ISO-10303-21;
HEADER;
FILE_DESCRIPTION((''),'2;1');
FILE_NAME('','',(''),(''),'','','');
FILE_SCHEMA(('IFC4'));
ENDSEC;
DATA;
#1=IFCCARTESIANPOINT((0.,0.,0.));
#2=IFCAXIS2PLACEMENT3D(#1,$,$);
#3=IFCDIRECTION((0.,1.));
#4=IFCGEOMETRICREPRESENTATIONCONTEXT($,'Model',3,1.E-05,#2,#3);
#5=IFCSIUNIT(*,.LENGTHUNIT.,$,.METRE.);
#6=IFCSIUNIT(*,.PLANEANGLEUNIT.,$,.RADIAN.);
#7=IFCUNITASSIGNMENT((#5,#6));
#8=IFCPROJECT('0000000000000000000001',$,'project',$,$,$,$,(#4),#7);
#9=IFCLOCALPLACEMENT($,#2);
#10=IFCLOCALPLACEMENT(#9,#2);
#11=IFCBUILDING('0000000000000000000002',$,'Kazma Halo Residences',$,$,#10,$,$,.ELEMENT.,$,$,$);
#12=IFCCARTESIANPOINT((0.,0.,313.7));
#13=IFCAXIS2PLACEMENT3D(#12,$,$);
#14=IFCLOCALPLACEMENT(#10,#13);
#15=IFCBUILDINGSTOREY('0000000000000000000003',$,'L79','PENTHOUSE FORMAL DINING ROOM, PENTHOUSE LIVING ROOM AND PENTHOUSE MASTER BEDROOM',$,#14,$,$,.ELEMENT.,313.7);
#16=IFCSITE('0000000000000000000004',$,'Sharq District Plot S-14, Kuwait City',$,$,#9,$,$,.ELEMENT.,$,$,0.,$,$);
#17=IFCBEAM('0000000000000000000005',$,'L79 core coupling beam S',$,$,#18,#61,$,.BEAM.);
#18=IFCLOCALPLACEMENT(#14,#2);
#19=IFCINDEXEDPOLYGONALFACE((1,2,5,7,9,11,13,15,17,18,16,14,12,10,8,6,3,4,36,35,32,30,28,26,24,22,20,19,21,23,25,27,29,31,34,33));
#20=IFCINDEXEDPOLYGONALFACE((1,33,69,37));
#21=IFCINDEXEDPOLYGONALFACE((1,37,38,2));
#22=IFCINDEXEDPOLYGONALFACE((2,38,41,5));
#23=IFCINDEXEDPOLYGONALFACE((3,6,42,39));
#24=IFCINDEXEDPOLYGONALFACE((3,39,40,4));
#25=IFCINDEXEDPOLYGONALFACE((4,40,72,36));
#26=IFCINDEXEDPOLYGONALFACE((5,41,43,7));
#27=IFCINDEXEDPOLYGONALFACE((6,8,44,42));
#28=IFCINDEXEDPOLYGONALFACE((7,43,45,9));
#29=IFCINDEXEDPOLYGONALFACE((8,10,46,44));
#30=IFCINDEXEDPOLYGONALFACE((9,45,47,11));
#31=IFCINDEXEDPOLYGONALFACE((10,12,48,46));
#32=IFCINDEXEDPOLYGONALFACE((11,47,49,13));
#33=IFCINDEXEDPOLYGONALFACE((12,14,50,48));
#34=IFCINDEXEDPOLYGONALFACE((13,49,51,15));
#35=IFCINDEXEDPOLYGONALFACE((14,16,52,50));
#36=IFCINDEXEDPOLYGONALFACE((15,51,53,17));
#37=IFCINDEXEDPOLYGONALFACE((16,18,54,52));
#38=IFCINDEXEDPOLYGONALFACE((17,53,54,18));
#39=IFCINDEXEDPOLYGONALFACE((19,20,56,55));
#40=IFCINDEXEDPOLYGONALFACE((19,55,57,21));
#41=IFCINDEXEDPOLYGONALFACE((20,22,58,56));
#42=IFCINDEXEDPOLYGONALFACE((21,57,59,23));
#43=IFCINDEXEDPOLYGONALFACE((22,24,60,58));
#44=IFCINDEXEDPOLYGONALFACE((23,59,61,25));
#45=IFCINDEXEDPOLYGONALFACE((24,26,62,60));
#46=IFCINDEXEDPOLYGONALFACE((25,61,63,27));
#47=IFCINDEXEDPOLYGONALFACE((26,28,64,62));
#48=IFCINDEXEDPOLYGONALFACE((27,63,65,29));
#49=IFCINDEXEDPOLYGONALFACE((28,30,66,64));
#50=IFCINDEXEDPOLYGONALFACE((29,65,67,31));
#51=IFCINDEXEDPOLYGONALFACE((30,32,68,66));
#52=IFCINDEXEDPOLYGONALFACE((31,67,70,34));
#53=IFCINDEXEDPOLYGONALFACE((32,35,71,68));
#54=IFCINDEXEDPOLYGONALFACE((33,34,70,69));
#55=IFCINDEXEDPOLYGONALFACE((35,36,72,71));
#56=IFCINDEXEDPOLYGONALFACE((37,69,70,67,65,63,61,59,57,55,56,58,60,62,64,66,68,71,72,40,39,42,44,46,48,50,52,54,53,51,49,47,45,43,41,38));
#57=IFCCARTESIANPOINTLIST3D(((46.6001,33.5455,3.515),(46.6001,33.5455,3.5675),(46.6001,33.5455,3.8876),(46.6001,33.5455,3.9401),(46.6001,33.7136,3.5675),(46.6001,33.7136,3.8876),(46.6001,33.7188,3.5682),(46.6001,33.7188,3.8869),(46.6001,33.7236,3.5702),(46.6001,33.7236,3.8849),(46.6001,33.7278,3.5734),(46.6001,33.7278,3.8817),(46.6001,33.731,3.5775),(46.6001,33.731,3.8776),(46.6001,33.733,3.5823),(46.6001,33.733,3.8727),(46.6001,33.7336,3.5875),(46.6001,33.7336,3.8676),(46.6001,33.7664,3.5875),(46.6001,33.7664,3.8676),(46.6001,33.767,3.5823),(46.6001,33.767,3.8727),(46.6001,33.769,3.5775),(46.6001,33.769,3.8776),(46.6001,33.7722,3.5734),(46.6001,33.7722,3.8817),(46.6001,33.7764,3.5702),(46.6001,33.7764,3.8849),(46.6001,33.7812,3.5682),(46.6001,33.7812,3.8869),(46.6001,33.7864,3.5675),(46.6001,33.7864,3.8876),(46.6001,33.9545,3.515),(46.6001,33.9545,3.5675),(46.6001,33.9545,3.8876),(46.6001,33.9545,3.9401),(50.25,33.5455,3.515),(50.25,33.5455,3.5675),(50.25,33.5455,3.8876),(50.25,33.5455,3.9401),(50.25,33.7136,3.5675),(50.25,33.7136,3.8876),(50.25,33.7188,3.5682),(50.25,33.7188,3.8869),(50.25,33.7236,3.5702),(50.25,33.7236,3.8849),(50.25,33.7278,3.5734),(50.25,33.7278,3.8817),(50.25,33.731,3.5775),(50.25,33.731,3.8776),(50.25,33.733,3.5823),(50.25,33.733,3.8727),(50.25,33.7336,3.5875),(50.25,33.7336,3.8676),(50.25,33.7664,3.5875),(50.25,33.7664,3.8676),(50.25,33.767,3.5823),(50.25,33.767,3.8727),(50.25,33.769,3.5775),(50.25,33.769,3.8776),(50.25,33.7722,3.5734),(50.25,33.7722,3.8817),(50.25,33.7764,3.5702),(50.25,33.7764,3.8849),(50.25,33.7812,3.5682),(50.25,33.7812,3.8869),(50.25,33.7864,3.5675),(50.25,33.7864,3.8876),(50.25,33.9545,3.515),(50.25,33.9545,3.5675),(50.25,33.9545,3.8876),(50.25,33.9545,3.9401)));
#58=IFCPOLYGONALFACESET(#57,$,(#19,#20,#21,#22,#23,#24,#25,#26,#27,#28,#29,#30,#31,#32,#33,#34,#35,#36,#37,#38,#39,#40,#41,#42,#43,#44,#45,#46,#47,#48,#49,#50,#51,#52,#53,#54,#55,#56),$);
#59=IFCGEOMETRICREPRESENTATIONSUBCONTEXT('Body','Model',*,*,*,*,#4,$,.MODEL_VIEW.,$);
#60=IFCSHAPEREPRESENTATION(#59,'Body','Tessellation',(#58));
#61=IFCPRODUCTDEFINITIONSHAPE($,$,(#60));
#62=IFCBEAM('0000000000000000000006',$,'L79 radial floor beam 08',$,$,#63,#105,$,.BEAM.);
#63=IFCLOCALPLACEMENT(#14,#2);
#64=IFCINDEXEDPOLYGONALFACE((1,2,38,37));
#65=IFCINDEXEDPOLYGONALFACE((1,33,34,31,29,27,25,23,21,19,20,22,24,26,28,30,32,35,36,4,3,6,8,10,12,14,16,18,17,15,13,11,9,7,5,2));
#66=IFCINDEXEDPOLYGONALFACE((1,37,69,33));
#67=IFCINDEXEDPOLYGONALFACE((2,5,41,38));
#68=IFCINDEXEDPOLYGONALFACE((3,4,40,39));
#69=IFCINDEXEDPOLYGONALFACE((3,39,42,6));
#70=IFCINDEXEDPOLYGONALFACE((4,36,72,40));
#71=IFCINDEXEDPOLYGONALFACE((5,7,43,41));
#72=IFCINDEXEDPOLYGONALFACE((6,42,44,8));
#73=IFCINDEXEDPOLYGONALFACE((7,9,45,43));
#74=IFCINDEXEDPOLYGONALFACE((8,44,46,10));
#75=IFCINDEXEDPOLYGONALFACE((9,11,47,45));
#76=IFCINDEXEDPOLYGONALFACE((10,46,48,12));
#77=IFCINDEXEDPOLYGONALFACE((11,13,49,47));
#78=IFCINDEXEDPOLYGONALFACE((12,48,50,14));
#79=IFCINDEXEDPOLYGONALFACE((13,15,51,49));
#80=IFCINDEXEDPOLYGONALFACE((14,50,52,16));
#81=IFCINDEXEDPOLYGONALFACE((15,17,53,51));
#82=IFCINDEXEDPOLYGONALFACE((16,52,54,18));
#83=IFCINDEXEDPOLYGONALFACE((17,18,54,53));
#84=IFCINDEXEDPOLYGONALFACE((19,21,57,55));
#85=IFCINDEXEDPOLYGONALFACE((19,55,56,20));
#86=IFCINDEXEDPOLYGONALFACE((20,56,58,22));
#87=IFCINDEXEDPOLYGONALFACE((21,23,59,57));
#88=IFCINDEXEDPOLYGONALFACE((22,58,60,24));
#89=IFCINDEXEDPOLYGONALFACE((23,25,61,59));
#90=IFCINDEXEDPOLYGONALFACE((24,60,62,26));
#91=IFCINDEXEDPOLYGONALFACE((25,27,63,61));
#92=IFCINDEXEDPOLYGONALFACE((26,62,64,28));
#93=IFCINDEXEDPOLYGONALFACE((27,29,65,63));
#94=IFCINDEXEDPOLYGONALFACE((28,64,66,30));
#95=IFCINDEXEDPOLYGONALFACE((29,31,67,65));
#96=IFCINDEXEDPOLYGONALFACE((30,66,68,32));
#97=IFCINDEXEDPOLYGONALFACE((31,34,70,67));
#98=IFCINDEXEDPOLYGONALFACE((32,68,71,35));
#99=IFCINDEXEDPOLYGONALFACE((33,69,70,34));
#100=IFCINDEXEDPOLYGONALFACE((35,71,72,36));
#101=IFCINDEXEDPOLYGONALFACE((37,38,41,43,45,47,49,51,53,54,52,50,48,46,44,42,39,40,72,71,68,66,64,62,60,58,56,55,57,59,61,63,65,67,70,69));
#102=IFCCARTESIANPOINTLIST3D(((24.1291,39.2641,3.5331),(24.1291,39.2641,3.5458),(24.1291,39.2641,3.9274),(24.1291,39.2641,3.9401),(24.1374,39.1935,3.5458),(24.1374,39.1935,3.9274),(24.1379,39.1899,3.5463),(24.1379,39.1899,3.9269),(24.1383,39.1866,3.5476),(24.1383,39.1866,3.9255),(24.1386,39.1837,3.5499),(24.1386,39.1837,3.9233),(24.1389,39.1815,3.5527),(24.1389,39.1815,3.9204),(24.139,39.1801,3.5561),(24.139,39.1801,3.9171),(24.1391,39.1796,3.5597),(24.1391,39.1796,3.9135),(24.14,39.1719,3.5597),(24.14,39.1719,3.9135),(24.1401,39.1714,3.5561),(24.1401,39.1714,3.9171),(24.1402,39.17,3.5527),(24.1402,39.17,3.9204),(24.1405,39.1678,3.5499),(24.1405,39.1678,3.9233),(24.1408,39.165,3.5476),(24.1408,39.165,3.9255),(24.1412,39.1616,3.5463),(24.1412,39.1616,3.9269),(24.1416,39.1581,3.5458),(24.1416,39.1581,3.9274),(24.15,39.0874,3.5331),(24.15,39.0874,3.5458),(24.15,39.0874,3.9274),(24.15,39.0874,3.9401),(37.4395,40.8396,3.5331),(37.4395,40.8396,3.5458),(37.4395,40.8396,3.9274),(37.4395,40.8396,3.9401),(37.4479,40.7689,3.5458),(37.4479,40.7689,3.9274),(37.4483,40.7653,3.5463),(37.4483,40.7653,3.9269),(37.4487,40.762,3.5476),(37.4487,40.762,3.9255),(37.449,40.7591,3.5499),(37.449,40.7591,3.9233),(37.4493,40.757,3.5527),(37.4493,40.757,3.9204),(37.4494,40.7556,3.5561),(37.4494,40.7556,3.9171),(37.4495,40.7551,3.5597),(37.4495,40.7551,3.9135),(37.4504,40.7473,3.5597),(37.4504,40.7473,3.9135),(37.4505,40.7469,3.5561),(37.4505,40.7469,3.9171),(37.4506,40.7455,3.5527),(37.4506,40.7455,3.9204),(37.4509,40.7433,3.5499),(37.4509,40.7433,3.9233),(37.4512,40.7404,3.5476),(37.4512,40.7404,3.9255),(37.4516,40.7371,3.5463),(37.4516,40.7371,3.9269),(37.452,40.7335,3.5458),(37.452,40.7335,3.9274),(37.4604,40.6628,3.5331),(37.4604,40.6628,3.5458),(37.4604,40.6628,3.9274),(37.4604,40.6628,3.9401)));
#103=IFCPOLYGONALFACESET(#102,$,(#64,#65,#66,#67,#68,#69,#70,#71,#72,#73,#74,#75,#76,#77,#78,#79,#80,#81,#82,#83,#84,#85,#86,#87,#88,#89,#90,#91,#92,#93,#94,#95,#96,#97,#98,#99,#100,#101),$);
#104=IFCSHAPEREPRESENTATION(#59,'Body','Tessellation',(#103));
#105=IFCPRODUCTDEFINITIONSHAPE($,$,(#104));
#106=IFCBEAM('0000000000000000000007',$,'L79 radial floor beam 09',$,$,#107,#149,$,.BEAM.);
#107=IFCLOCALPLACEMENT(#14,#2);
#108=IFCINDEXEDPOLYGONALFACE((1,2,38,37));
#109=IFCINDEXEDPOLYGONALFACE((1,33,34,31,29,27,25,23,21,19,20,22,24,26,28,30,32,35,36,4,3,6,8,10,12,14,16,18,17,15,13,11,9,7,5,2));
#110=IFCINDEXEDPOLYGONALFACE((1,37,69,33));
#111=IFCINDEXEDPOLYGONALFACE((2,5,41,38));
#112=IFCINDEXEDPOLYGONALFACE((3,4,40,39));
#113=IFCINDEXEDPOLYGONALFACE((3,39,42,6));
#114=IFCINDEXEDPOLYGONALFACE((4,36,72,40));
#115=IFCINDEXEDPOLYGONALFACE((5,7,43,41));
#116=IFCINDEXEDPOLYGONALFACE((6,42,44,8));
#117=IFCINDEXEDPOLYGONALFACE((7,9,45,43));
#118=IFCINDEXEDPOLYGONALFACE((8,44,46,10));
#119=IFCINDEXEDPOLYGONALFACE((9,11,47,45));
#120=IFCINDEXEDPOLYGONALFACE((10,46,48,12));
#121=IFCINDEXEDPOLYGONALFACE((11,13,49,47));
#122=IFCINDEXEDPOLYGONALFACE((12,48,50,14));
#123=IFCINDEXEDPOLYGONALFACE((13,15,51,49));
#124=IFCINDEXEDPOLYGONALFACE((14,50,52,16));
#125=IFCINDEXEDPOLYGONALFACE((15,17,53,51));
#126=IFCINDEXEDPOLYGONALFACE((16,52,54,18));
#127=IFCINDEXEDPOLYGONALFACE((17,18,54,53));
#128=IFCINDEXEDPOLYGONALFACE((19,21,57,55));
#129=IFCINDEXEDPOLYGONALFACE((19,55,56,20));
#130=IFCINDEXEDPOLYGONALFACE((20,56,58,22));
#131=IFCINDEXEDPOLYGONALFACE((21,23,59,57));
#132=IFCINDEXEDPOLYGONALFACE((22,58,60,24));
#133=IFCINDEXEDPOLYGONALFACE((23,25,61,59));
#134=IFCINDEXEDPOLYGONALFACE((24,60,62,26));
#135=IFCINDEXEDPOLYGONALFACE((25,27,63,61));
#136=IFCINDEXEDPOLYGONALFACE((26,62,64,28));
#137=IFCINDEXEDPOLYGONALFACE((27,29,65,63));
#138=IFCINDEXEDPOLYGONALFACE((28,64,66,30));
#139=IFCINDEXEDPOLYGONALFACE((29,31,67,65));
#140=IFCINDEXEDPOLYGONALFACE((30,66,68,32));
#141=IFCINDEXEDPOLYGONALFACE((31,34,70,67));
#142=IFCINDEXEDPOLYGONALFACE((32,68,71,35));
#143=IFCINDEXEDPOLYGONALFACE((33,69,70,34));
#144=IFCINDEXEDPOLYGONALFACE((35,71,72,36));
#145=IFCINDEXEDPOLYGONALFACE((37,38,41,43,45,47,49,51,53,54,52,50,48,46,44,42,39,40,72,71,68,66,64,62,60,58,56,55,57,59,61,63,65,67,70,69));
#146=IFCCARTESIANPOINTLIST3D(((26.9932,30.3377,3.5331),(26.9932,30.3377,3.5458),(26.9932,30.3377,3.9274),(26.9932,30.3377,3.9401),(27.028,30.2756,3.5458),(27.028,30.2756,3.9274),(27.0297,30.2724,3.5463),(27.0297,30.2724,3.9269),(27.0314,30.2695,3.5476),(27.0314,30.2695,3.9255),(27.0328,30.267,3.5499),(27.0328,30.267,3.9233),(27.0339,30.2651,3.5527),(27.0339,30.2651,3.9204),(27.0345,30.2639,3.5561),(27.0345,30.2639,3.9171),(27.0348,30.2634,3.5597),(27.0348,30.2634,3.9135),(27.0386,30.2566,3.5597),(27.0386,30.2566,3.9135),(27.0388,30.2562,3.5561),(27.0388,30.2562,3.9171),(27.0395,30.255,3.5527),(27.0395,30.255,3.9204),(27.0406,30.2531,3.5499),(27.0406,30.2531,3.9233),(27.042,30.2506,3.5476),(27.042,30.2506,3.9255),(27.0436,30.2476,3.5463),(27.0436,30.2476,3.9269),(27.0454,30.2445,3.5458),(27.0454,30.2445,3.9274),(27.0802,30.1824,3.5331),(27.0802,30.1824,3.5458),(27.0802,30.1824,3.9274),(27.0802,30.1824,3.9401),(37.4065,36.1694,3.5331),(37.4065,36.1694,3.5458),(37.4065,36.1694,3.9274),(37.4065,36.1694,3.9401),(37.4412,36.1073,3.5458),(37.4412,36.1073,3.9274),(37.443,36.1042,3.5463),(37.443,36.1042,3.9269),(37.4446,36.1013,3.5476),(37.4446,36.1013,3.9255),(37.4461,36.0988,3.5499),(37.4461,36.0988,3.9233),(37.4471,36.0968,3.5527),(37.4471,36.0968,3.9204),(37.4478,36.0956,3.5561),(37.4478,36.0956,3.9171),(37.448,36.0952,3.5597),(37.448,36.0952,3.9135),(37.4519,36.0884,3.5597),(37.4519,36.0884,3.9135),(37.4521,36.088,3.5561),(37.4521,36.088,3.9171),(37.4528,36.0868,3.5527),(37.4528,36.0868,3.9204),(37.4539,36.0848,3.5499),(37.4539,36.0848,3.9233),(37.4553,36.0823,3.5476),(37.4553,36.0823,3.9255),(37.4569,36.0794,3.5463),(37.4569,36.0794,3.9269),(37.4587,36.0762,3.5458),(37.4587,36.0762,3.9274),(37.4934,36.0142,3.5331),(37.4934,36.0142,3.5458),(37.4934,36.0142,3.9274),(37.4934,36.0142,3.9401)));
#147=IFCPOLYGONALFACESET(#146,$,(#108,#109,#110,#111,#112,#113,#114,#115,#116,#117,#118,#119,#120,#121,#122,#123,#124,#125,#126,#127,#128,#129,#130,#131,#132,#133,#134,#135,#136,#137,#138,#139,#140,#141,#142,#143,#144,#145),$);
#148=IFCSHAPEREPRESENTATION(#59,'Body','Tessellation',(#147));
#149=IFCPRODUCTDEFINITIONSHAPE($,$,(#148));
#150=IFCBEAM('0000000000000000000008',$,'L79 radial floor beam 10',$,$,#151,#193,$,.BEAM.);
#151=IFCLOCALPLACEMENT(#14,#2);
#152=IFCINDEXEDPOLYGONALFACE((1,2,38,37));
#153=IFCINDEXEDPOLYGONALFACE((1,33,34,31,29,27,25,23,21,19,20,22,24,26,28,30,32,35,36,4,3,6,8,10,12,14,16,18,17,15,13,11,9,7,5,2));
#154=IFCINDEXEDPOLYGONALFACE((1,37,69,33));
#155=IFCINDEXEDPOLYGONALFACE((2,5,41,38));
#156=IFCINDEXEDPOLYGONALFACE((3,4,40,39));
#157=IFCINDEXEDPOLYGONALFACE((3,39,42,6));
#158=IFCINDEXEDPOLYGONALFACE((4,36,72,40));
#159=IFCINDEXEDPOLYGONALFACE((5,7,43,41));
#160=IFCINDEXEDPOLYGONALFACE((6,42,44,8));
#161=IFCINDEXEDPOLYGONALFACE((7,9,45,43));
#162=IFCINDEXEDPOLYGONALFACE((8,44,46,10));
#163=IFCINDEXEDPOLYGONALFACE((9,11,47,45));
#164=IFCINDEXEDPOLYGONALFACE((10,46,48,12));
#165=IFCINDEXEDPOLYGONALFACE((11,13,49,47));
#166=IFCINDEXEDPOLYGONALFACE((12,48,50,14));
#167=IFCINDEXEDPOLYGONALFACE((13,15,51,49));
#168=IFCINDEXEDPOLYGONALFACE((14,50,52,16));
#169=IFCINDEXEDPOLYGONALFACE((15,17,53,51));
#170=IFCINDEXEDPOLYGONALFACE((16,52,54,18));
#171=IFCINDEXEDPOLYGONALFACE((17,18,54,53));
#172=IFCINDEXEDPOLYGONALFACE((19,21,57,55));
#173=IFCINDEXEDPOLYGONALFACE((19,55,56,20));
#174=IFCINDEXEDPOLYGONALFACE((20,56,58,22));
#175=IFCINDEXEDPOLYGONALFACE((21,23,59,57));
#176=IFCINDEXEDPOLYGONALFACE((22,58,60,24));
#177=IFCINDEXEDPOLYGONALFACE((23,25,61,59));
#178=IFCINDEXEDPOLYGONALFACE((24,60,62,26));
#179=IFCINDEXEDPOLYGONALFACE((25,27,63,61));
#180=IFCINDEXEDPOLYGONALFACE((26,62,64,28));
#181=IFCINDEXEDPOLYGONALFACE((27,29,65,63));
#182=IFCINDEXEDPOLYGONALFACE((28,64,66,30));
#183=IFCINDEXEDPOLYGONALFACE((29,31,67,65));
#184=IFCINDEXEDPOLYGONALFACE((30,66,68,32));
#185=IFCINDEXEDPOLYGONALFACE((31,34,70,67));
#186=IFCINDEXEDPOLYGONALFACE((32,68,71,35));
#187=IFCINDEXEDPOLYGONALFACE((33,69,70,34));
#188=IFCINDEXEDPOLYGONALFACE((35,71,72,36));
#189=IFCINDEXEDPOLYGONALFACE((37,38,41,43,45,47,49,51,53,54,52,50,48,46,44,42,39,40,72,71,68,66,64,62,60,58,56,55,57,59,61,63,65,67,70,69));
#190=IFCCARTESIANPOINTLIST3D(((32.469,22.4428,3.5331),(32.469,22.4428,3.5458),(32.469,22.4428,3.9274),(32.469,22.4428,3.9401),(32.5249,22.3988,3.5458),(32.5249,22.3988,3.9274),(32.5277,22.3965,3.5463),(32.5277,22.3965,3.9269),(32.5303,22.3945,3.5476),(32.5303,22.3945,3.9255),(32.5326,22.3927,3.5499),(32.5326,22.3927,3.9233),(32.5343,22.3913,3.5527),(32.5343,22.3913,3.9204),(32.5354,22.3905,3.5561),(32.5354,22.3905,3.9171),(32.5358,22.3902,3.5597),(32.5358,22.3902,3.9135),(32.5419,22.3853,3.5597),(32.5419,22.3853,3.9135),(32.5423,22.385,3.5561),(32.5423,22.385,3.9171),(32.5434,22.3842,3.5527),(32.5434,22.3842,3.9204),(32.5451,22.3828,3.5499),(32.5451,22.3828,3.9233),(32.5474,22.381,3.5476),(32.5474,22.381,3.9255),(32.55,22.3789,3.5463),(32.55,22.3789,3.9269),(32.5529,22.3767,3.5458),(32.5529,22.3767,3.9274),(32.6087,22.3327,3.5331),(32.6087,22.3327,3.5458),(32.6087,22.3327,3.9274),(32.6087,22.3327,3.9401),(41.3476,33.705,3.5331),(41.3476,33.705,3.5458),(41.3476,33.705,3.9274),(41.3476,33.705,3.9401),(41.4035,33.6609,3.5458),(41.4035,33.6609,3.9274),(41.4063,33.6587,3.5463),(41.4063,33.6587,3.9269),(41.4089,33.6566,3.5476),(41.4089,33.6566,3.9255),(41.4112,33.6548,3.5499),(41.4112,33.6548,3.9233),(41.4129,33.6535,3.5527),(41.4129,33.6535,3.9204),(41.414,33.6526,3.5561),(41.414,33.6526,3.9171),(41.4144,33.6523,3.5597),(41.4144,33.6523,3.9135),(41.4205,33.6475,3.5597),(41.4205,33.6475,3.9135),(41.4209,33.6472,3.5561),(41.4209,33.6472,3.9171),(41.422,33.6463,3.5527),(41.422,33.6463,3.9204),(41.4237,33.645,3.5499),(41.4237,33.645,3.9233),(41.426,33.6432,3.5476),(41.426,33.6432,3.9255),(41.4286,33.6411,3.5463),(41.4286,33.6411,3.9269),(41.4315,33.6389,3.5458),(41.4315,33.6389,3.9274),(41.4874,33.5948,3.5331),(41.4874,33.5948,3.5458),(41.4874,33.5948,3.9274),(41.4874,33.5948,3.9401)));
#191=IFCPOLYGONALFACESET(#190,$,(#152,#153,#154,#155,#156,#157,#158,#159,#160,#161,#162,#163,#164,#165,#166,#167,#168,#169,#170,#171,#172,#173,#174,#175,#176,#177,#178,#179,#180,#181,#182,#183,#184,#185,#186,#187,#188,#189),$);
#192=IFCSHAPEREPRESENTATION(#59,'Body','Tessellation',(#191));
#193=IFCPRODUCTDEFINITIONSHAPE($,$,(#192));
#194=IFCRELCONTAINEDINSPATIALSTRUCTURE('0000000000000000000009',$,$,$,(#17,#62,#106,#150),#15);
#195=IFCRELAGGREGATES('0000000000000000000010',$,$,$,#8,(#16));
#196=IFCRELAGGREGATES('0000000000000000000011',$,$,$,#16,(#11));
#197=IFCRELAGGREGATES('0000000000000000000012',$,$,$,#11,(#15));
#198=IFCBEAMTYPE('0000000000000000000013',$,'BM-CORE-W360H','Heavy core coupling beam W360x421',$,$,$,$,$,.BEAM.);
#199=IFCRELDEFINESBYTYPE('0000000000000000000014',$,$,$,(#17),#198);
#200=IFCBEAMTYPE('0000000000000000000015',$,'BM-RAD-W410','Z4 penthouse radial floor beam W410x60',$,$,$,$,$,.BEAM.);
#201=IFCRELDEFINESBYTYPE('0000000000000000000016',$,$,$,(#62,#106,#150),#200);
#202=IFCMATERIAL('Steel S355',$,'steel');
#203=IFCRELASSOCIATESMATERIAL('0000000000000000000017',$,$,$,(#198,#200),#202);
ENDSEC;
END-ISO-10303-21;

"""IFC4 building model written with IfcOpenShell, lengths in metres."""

from ifc_helpers import new_model, si_unit, direction, frame, origin, origin_2d, place, context, subcontext, project, spatial, i_section, extrude, material, material_profile, profile_set, type_object, element, save


model = new_model("IFC4")

# Units and contexts
model_context = context("Model", 3, precision=1e-05, world=origin(), true_north=direction((0.0, 1.0)))
body_context = subcontext(model_context, "Body", "Model", "MODEL_VIEW")
ifc_project = project(units=[si_unit("LENGTHUNIT", "METRE"), si_unit("PLANEANGLEUNIT", "RADIAN")], contexts=[model_context])

# Site, building, storey
site_placement = place(None, origin())
site = spatial("IfcSite", under=ifc_project, at=site_placement, Name="Sharq District Plot S-14, Kuwait City", CompositionType="ELEMENT", RefElevation=0.0)
building_placement = place(site_placement, origin())
building = spatial("IfcBuilding", under=site, at=building_placement, Name="Kazma Halo Residences", CompositionType="ELEMENT")
storey_placement = place(building_placement, frame((0.0, 0.0, 313.7)))
storey = spatial("IfcBuildingStorey", under=building, at=storey_placement, Name="L79", Description="PENTHOUSE FORMAL DINING ROOM, PENTHOUSE LIVING ROOM AND PENTHOUSE MASTER BEDROOM", CompositionType="ELEMENT", Elevation=313.7)

# Beams
ifc_material_1 = material(Name="Steel S355", Category="steel")
ifc_material_profile_1 = material_profile(ifc_material_1, i_section(OverallWidth=0.4089, OverallDepth=0.425, WebThickness=0.0327, FlangeThickness=0.0525, FilletRadius=0.02, at=origin_2d()), Name="W360x421")
ifc_profile_set_1 = profile_set([ifc_material_profile_1], Name="Steel S355")
beam_type_1 = type_object("IfcBeamType", Name="BM-CORE-W360H", Description="Heavy core coupling beam W360x421", PredefinedType="BEAM", material=ifc_profile_set_1)
beam_1_placement = place(storey_placement, frame((46.6001, 33.75, 3.7275), z_axis=(1.0, 0.0, 0.0), x_axis=(0.0, 1.0, 0.0)))
element("IfcBeam", 1, at=beam_1_placement, inside=storey, type_object=beam_type_1, Name="L79 core coupling beam S", PredefinedType="BEAM", context=body_context, shape_type="SweptSolid", body=[
    extrude(i_section(OverallWidth=0.4089, OverallDepth=0.425, WebThickness=0.0327, FlangeThickness=0.0525, FilletRadius=0.02, at=origin_2d()), origin(), (0.0, 0.0, 1.0), 3.6499),
])
ifc_material_profile_2 = material_profile(ifc_material_1, i_section(OverallWidth=0.178, OverallDepth=0.407, WebThickness=0.0078, FlangeThickness=0.0127, FilletRadius=0.0139, at=origin_2d()), Name="W410x60")
ifc_profile_set_2 = profile_set([ifc_material_profile_2], Name="Steel S355")
beam_type_2 = type_object("IfcBeamType", Name="BM-RAD-W410", Description="Z4 penthouse radial floor beam W410x60", PredefinedType="BEAM", material=ifc_profile_set_2)
beam_2_placement = place(storey_placement, frame((37.45, 40.7512, 3.7366), z_axis=(-0.993068, -0.117542, 0.0), x_axis=(0.117542, -0.993068, 0.0)))
element("IfcBeam", 2, at=beam_2_placement, inside=storey, type_object=beam_type_2, Name="L79 radial floor beam 08", PredefinedType="BEAM", context=body_context, shape_type="SweptSolid", body=[
    extrude(i_section(OverallWidth=0.178, OverallDepth=0.407, WebThickness=0.0078, FlangeThickness=0.0127, FilletRadius=0.0139, at=origin_2d()), origin(), (0.0, 0.0, 1.0), 13.4033),
])
beam_3_placement = place(storey_placement, frame((37.45, 36.0918, 3.7366), z_axis=(-0.872495, -0.488624, 0.0), x_axis=(0.488624, -0.872495, 0.0)))
element("IfcBeam", 3, at=beam_3_placement, inside=storey, type_object=beam_type_2, Name="L79 radial floor beam 09", PredefinedType="BEAM", context=body_context, shape_type="SweptSolid", body=[
    extrude(i_section(OverallWidth=0.178, OverallDepth=0.407, WebThickness=0.0078, FlangeThickness=0.0127, FilletRadius=0.0139, at=origin_2d()), origin(), (0.0, 0.0, 1.0), 11.9351),
])
beam_4_placement = place(storey_placement, frame((41.4175, 33.6499, 3.7366), z_axis=(-0.619105, -0.785308, 0.0), x_axis=(0.785308, -0.619105, 0.0)))
element("IfcBeam", 4, at=beam_4_placement, inside=storey, type_object=beam_type_2, Name="L79 radial floor beam 10", PredefinedType="BEAM", context=body_context, shape_type="SweptSolid", body=[
    extrude(i_section(OverallWidth=0.178, OverallDepth=0.407, WebThickness=0.0078, FlangeThickness=0.0127, FilletRadius=0.0139, at=origin_2d()), origin(), (0.0, 0.0, 1.0), 14.3411),
])

save(model, "model.ifc")
